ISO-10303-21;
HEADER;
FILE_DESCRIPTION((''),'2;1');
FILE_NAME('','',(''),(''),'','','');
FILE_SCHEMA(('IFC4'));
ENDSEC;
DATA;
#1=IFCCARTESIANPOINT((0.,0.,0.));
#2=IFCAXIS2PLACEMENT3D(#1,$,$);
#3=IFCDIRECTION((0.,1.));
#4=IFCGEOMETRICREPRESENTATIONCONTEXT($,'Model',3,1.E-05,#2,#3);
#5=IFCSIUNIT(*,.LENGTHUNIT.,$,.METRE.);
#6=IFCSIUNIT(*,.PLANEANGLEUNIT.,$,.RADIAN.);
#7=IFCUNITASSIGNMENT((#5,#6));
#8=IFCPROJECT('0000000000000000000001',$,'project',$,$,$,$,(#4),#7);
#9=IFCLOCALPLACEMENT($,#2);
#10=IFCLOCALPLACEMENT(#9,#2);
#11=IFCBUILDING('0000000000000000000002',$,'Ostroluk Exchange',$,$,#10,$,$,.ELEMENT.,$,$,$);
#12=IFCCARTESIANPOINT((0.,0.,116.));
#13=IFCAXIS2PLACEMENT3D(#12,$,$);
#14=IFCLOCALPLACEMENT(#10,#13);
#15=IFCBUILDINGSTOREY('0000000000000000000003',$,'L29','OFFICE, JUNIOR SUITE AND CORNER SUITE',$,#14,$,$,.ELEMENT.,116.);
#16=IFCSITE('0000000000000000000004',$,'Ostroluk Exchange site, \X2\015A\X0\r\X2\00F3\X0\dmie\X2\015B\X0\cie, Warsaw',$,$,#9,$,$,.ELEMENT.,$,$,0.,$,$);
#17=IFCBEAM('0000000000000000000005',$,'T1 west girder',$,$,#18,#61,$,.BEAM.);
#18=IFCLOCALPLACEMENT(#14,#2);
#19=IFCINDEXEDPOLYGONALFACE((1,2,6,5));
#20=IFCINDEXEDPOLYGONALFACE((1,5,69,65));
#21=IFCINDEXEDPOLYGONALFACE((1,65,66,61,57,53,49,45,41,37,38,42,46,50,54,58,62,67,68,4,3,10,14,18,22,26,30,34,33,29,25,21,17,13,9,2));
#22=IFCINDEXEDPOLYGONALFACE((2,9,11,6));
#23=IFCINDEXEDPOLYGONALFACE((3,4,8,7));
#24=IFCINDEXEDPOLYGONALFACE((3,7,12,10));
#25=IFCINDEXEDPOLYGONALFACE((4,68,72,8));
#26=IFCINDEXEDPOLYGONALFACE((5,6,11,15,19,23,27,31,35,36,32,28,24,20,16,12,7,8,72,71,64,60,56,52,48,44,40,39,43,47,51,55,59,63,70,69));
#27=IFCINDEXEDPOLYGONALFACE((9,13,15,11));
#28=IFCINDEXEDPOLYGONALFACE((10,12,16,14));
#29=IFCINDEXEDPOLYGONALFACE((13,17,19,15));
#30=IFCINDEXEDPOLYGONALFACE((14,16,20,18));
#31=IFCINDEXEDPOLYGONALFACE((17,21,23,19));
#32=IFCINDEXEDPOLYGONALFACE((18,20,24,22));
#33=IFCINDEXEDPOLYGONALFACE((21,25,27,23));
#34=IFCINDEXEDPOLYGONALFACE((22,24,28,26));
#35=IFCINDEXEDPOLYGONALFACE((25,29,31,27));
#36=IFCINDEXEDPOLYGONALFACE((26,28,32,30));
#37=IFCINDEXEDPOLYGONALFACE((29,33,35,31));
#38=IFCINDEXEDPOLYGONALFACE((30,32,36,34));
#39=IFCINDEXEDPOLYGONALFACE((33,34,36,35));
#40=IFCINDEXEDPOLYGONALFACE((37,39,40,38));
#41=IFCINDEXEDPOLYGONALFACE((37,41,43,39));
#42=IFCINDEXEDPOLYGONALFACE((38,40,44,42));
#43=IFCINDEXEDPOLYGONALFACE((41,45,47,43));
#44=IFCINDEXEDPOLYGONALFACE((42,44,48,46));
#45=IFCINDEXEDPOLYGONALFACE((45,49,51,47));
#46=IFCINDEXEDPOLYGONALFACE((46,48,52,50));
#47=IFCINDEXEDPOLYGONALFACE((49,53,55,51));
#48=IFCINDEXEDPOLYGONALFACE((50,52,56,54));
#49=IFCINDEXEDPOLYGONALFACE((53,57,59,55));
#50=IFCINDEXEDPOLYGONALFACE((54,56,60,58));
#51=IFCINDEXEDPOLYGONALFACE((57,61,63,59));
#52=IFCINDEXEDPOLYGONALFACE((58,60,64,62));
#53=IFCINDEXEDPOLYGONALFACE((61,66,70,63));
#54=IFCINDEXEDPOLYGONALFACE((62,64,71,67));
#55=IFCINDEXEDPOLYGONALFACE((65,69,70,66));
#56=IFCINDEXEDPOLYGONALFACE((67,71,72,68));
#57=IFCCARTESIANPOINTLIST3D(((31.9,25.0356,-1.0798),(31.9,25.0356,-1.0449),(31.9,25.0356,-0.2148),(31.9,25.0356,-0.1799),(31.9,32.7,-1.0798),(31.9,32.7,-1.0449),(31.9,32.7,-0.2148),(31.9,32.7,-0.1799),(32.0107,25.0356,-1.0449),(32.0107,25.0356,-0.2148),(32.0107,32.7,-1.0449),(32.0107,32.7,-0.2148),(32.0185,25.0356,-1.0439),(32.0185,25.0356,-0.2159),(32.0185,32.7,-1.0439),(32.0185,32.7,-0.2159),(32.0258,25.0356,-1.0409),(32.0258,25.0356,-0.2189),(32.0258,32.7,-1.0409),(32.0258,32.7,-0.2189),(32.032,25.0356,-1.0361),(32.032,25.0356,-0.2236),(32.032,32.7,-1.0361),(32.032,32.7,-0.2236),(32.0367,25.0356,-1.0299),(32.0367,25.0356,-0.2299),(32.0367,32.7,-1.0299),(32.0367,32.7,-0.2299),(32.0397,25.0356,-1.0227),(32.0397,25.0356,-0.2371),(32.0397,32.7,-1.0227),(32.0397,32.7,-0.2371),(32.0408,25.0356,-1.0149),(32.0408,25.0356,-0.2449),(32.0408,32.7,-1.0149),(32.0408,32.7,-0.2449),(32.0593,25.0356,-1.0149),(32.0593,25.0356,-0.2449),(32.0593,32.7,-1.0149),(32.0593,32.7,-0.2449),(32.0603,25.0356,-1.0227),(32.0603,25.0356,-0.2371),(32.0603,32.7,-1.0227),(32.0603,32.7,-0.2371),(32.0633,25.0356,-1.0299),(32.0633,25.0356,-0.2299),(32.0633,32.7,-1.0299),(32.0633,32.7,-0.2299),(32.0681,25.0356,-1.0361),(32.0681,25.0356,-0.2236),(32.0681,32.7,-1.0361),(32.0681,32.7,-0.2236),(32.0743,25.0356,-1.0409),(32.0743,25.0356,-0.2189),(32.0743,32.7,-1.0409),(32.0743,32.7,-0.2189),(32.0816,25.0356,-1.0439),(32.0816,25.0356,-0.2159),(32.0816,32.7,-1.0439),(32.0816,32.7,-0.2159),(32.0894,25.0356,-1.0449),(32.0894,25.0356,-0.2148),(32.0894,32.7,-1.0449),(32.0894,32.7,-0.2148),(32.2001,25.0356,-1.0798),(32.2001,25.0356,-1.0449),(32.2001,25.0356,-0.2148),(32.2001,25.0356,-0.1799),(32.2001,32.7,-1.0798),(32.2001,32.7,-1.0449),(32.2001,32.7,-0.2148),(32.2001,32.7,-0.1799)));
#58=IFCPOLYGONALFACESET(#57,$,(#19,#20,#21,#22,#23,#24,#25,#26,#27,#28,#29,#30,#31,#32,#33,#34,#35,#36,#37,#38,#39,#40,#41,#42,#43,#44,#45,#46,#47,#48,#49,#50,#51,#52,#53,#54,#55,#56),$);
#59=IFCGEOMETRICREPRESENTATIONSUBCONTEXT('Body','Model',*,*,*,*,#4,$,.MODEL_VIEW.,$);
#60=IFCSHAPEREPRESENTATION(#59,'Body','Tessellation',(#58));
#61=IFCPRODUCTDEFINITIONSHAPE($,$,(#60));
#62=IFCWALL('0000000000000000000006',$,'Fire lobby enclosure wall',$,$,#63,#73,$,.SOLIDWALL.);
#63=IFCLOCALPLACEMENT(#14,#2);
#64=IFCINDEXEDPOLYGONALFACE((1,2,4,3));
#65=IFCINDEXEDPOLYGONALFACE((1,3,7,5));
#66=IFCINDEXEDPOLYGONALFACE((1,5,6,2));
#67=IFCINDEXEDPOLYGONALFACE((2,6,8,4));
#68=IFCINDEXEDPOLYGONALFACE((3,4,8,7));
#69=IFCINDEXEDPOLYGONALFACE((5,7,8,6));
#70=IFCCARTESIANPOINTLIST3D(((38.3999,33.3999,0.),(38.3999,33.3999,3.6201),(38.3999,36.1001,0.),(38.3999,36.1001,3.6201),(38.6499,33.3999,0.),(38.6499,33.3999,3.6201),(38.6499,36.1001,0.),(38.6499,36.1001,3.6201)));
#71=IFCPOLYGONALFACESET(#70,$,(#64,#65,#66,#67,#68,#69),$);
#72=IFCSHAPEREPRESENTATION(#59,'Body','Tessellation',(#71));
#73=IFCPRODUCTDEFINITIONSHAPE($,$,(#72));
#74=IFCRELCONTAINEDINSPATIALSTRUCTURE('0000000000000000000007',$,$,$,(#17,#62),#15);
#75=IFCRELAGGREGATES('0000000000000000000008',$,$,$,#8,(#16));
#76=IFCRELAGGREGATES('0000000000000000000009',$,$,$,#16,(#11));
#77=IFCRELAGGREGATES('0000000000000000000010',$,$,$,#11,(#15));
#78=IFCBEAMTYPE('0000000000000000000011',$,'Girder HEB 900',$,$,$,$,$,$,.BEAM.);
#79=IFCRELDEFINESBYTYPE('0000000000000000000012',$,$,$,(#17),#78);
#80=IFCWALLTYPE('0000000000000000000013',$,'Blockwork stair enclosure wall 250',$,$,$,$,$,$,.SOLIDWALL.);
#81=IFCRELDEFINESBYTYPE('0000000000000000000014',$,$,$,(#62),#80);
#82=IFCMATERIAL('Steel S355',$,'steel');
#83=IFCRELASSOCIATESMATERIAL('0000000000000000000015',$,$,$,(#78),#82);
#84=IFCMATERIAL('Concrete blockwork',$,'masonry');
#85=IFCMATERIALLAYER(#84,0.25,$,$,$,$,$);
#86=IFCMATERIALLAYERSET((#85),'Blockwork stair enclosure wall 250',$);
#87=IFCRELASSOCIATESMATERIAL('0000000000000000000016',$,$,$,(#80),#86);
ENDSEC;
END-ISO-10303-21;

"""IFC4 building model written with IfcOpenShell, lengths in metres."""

from ifc_helpers import new_model, si_unit, direction, frame, frame_2d, origin, origin_2d, place, context, subcontext, project, spatial, rectangle, i_section, extrude, material, layer, layer_set, material_profile, profile_set, type_object, element, save


model = new_model("IFC4")

# Units and contexts
model_context = context("Model", 3, precision=1e-05, world=origin(), true_north=direction((0.0, 1.0)))
body_context = subcontext(model_context, "Body", "Model", "MODEL_VIEW")
ifc_project = project(units=[si_unit("LENGTHUNIT", "METRE"), si_unit("PLANEANGLEUNIT", "RADIAN")], contexts=[model_context])

# Site, building, storey
site_placement = place(None, origin())
site = spatial("IfcSite", under=ifc_project, at=site_placement, Name="Ostroluk Exchange site, Śródmieście, Warsaw", CompositionType="ELEMENT", RefElevation=0.0)
building_placement = place(site_placement, origin())
building = spatial("IfcBuilding", under=site, at=building_placement, Name="Ostroluk Exchange", CompositionType="ELEMENT")
storey_placement = place(building_placement, frame((0.0, 0.0, 116.0)))
storey = spatial("IfcBuildingStorey", under=building, at=storey_placement, Name="L29", Description="OFFICE, JUNIOR SUITE AND CORNER SUITE", CompositionType="ELEMENT", Elevation=116.0)

# Beam
ifc_material_1 = material(Name="Steel S355", Category="steel")
ifc_material_profile_1 = material_profile(ifc_material_1, i_section(OverallWidth=0.3, OverallDepth=0.8999, WebThickness=0.0186, FlangeThickness=0.0349, FilletRadius=0.03, at=origin_2d()), Name="HEB 900")
ifc_profile_set_1 = profile_set([ifc_material_profile_1], Name="Steel S355")
beam_type_1 = type_object("IfcBeamType", Name="Girder HEB 900", PredefinedType="BEAM", material=ifc_profile_set_1)
beam_1_placement = place(storey_placement, frame((32.05, 32.7, -0.6299), z_axis=(0.0, -1.0, 0.0), x_axis=(1.0, 0.0, 0.0)))
element("IfcBeam", 1, at=beam_1_placement, inside=storey, type_object=beam_type_1, Name="T1 west girder", PredefinedType="BEAM", context=body_context, shape_type="SweptSolid", body=[
    extrude(i_section(OverallWidth=0.3, OverallDepth=0.8999, WebThickness=0.0186, FlangeThickness=0.0349, FilletRadius=0.03, at=origin_2d()), origin(), (0.0, 0.0, 1.0), 7.6643),
])

# Wall
ifc_material_2 = material(Name="Concrete blockwork", Category="masonry")
ifc_layer_1 = layer(ifc_material_2, 0.25)
ifc_layer_set_1 = layer_set([ifc_layer_1], Name="Blockwork stair enclosure wall 250")
wall_type_1 = type_object("IfcWallType", Name="Blockwork stair enclosure wall 250", PredefinedType="SOLIDWALL", material=ifc_layer_set_1)
wall_1_placement = place(storey_placement, frame((38.5249, 33.3999, 0.0), z_axis=(0.0, 0.0, 1.0), x_axis=(0.0, 1.0, 0.0)))
element("IfcWall", 2, at=wall_1_placement, inside=storey, type_object=wall_type_1, Name="Fire lobby enclosure wall", PredefinedType="SOLIDWALL", context=body_context, shape_type="SweptSolid", body=[
    extrude(rectangle(XDim=2.7002, YDim=0.25, at=frame_2d((1.3501, 0.0))), origin(), (0.0, 0.0, 1.0), 3.6201),
])

save(model, "model.ifc")
